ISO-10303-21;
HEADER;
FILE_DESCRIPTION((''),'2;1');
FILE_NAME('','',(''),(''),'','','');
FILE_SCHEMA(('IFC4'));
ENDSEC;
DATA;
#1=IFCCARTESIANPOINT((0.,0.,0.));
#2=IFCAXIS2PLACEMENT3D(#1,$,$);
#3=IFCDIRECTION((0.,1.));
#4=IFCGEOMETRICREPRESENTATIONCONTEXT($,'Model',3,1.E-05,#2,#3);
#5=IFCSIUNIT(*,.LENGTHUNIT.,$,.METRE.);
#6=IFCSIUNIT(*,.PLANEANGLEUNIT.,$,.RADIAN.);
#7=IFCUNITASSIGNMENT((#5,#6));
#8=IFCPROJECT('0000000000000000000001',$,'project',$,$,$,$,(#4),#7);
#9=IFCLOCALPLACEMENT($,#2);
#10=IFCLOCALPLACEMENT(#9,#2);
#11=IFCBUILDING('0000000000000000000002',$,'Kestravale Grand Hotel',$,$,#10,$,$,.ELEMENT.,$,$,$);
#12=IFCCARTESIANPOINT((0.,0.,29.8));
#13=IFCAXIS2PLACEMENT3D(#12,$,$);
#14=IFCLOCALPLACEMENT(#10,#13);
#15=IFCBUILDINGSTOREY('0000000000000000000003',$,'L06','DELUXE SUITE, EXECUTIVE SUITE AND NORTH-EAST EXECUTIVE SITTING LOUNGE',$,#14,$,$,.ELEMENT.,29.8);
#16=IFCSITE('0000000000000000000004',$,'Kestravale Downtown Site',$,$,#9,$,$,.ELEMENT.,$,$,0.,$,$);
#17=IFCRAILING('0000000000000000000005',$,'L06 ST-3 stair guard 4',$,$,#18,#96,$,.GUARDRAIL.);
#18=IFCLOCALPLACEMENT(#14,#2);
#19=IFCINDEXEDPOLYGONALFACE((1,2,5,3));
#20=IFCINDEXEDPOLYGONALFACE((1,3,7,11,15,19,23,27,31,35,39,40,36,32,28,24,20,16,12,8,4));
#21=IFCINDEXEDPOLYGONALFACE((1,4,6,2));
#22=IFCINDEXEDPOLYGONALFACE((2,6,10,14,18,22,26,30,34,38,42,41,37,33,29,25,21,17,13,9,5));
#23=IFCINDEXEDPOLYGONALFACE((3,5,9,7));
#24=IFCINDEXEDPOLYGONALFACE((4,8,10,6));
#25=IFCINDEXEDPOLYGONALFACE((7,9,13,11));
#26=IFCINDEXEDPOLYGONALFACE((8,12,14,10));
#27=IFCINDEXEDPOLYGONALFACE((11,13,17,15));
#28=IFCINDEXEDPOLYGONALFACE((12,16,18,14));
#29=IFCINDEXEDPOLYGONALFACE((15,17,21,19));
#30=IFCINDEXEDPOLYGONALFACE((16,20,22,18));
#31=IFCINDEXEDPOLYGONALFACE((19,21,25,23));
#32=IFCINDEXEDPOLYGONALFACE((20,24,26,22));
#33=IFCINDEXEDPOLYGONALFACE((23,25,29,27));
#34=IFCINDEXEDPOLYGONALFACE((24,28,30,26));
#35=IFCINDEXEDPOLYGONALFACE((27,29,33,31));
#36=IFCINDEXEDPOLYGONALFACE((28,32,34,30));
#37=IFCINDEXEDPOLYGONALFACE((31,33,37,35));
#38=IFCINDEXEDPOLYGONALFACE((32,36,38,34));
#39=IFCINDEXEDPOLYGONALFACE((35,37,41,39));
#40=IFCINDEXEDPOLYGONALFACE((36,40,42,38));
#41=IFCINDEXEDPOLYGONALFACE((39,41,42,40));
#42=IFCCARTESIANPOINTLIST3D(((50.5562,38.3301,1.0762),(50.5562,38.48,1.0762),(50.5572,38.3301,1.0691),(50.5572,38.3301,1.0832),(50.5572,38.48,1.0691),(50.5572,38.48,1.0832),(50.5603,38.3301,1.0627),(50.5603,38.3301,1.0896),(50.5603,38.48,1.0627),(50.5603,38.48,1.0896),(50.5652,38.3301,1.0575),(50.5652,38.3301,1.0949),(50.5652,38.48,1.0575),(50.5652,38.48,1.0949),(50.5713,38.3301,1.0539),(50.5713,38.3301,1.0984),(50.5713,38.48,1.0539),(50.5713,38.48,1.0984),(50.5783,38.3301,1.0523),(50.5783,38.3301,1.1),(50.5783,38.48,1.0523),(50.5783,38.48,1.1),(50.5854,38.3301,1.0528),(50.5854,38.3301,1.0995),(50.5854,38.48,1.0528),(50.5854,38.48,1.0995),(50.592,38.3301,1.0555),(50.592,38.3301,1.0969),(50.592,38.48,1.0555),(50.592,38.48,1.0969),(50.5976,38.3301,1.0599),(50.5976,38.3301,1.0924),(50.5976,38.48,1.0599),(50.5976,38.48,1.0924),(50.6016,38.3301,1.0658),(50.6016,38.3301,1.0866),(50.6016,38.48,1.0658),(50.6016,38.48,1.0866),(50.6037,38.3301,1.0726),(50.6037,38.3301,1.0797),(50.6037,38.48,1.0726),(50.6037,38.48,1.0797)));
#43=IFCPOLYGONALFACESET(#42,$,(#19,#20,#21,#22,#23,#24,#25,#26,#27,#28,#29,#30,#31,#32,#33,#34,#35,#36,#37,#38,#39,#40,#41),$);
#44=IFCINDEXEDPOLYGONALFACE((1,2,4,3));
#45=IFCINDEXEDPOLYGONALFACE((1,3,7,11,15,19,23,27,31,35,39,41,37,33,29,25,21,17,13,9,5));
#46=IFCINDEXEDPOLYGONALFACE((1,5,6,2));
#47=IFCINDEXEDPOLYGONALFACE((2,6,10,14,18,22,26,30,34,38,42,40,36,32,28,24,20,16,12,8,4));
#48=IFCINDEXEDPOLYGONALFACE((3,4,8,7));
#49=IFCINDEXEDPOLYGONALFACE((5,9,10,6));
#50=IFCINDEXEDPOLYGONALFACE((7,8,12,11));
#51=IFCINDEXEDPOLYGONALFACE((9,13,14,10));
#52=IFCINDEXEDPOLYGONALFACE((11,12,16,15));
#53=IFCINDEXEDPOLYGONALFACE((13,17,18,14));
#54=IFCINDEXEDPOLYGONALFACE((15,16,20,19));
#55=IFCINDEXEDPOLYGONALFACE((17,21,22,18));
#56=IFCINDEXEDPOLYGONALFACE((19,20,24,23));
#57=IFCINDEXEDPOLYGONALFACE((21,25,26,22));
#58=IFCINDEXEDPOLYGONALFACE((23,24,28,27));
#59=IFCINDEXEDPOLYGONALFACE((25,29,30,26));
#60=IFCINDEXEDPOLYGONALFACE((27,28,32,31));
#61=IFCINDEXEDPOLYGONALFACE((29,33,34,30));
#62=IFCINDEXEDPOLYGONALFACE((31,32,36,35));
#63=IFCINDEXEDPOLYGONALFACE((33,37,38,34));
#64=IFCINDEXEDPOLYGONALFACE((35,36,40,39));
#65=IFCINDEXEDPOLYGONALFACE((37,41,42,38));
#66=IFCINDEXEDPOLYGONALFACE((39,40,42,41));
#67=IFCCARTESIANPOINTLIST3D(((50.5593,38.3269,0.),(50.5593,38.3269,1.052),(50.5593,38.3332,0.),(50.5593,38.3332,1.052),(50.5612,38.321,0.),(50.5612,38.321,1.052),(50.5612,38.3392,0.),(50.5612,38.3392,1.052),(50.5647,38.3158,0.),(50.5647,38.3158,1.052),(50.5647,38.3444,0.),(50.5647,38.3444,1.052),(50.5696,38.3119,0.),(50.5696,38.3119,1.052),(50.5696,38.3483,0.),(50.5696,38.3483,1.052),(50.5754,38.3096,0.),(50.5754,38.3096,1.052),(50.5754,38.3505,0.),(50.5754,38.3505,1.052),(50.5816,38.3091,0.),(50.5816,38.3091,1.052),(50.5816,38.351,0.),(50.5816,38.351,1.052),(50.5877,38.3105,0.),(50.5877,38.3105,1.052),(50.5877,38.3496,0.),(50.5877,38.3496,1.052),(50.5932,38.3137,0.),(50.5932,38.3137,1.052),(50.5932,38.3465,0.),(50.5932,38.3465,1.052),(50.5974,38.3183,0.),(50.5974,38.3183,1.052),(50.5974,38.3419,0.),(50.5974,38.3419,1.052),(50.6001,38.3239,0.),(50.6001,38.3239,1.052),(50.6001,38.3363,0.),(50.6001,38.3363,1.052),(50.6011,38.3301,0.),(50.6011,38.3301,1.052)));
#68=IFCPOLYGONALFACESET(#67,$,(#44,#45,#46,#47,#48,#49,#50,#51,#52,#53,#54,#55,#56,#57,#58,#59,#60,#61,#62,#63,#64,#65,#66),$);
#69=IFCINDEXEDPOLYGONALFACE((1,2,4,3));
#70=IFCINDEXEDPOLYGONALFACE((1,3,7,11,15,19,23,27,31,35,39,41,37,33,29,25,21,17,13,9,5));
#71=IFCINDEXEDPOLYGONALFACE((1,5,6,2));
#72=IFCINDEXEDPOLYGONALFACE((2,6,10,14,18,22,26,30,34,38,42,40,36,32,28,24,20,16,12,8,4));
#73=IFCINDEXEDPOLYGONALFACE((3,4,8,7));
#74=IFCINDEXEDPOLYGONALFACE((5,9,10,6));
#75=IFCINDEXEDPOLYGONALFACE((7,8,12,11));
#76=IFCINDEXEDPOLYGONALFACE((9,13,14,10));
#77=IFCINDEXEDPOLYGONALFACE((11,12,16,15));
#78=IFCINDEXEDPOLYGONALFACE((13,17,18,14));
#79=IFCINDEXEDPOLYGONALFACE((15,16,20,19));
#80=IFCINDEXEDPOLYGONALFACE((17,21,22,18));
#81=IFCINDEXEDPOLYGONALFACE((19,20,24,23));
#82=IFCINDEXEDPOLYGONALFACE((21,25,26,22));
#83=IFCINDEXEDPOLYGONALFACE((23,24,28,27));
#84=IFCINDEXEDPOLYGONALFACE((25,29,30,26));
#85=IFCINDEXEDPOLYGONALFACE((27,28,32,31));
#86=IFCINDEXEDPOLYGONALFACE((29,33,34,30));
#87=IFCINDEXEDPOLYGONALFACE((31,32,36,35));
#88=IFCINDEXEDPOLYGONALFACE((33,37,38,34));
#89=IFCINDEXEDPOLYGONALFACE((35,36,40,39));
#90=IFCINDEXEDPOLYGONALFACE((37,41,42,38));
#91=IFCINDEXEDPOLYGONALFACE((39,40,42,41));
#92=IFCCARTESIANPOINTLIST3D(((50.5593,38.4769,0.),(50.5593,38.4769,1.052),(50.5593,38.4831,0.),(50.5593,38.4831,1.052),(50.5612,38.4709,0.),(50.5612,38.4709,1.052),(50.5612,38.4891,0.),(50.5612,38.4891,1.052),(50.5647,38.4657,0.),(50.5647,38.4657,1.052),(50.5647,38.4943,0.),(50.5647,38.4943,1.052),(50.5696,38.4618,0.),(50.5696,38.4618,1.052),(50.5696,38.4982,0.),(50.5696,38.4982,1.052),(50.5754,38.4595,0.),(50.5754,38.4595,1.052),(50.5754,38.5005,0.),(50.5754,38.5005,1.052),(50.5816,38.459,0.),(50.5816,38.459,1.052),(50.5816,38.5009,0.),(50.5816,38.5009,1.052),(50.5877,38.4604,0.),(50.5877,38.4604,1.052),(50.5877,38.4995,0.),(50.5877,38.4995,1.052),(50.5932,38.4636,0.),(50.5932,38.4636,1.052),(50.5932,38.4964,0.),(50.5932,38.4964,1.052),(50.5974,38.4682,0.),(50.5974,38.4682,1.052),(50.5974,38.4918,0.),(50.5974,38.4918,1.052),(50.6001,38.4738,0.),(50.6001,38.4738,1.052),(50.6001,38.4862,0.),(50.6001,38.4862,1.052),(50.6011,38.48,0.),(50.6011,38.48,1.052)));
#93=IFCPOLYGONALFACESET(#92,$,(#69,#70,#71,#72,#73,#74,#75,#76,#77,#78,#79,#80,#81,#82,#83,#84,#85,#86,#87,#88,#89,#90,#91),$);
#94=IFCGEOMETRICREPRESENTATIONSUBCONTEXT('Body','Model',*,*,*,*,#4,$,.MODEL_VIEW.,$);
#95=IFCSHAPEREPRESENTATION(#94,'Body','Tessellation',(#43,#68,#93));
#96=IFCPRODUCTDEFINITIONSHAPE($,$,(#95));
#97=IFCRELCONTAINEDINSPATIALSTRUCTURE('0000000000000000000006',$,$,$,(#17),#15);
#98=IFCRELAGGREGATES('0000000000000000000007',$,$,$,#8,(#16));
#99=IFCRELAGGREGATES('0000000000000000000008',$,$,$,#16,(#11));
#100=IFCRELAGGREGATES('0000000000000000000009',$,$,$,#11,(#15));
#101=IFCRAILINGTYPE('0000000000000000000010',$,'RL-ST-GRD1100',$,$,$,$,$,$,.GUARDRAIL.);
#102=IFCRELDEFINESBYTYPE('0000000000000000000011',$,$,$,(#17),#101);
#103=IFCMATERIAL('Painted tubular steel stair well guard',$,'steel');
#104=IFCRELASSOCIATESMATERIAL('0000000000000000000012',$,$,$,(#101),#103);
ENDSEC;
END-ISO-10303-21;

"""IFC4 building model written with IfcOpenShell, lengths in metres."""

from ifc_helpers import new_model, si_unit, direction, frame, origin, origin_2d, place, context, subcontext, project, spatial, circle, extrude, material, type_object, element, save


model = new_model("IFC4")

# Units and contexts
model_context = context("Model", 3, precision=1e-05, world=origin(), true_north=direction((0.0, 1.0)))
body_context = subcontext(model_context, "Body", "Model", "MODEL_VIEW")
ifc_project = project(units=[si_unit("LENGTHUNIT", "METRE"), si_unit("PLANEANGLEUNIT", "RADIAN")], contexts=[model_context])

# Site, building, storey
site_placement = place(None, origin())
site = spatial("IfcSite", under=ifc_project, at=site_placement, Name="Kestravale Downtown Site", CompositionType="ELEMENT", RefElevation=0.0)
building_placement = place(site_placement, origin())
building = spatial("IfcBuilding", under=site, at=building_placement, Name="Kestravale Grand Hotel", CompositionType="ELEMENT")
storey_placement = place(building_placement, frame((0.0, 0.0, 29.8)))
storey = spatial("IfcBuildingStorey", under=building, at=storey_placement, Name="L06", Description="DELUXE SUITE, EXECUTIVE SUITE AND NORTH-EAST EXECUTIVE SITTING LOUNGE", CompositionType="ELEMENT", Elevation=29.8)

# Railing
ifc_material_1 = material(Name="Painted tubular steel stair well guard", Category="steel")
railing_type_1 = type_object("IfcRailingType", Name="RL-ST-GRD1100", PredefinedType="GUARDRAIL", material=ifc_material_1)
railing_1_placement = place(storey_placement, frame((50.5801, 38.3301, 0.0)))
element("IfcRailing", 1, at=railing_1_placement, inside=storey, type_object=railing_type_1, Name="L06 ST-3 stair guard 4", PredefinedType="GUARDRAIL", context=body_context, shape_type="SweptSolid", body=[
    extrude(circle(Radius=0.0239, at=origin_2d()), frame((0.0, 0.0, 1.0762), z_axis=(0.0, 1.0, 0.0), x_axis=(-1.0, 0.0, 0.0)), (0.0, 0.0, 1.0), 0.1499),
    extrude(circle(Radius=0.021, at=origin_2d()), origin(), (0.0, 0.0, 1.0), 1.052),
    extrude(circle(Radius=0.021, at=origin_2d()), frame((0.0, 0.1499, 0.0)), (0.0, 0.0, 1.0), 1.052),
])

save(model, "model.ifc")
